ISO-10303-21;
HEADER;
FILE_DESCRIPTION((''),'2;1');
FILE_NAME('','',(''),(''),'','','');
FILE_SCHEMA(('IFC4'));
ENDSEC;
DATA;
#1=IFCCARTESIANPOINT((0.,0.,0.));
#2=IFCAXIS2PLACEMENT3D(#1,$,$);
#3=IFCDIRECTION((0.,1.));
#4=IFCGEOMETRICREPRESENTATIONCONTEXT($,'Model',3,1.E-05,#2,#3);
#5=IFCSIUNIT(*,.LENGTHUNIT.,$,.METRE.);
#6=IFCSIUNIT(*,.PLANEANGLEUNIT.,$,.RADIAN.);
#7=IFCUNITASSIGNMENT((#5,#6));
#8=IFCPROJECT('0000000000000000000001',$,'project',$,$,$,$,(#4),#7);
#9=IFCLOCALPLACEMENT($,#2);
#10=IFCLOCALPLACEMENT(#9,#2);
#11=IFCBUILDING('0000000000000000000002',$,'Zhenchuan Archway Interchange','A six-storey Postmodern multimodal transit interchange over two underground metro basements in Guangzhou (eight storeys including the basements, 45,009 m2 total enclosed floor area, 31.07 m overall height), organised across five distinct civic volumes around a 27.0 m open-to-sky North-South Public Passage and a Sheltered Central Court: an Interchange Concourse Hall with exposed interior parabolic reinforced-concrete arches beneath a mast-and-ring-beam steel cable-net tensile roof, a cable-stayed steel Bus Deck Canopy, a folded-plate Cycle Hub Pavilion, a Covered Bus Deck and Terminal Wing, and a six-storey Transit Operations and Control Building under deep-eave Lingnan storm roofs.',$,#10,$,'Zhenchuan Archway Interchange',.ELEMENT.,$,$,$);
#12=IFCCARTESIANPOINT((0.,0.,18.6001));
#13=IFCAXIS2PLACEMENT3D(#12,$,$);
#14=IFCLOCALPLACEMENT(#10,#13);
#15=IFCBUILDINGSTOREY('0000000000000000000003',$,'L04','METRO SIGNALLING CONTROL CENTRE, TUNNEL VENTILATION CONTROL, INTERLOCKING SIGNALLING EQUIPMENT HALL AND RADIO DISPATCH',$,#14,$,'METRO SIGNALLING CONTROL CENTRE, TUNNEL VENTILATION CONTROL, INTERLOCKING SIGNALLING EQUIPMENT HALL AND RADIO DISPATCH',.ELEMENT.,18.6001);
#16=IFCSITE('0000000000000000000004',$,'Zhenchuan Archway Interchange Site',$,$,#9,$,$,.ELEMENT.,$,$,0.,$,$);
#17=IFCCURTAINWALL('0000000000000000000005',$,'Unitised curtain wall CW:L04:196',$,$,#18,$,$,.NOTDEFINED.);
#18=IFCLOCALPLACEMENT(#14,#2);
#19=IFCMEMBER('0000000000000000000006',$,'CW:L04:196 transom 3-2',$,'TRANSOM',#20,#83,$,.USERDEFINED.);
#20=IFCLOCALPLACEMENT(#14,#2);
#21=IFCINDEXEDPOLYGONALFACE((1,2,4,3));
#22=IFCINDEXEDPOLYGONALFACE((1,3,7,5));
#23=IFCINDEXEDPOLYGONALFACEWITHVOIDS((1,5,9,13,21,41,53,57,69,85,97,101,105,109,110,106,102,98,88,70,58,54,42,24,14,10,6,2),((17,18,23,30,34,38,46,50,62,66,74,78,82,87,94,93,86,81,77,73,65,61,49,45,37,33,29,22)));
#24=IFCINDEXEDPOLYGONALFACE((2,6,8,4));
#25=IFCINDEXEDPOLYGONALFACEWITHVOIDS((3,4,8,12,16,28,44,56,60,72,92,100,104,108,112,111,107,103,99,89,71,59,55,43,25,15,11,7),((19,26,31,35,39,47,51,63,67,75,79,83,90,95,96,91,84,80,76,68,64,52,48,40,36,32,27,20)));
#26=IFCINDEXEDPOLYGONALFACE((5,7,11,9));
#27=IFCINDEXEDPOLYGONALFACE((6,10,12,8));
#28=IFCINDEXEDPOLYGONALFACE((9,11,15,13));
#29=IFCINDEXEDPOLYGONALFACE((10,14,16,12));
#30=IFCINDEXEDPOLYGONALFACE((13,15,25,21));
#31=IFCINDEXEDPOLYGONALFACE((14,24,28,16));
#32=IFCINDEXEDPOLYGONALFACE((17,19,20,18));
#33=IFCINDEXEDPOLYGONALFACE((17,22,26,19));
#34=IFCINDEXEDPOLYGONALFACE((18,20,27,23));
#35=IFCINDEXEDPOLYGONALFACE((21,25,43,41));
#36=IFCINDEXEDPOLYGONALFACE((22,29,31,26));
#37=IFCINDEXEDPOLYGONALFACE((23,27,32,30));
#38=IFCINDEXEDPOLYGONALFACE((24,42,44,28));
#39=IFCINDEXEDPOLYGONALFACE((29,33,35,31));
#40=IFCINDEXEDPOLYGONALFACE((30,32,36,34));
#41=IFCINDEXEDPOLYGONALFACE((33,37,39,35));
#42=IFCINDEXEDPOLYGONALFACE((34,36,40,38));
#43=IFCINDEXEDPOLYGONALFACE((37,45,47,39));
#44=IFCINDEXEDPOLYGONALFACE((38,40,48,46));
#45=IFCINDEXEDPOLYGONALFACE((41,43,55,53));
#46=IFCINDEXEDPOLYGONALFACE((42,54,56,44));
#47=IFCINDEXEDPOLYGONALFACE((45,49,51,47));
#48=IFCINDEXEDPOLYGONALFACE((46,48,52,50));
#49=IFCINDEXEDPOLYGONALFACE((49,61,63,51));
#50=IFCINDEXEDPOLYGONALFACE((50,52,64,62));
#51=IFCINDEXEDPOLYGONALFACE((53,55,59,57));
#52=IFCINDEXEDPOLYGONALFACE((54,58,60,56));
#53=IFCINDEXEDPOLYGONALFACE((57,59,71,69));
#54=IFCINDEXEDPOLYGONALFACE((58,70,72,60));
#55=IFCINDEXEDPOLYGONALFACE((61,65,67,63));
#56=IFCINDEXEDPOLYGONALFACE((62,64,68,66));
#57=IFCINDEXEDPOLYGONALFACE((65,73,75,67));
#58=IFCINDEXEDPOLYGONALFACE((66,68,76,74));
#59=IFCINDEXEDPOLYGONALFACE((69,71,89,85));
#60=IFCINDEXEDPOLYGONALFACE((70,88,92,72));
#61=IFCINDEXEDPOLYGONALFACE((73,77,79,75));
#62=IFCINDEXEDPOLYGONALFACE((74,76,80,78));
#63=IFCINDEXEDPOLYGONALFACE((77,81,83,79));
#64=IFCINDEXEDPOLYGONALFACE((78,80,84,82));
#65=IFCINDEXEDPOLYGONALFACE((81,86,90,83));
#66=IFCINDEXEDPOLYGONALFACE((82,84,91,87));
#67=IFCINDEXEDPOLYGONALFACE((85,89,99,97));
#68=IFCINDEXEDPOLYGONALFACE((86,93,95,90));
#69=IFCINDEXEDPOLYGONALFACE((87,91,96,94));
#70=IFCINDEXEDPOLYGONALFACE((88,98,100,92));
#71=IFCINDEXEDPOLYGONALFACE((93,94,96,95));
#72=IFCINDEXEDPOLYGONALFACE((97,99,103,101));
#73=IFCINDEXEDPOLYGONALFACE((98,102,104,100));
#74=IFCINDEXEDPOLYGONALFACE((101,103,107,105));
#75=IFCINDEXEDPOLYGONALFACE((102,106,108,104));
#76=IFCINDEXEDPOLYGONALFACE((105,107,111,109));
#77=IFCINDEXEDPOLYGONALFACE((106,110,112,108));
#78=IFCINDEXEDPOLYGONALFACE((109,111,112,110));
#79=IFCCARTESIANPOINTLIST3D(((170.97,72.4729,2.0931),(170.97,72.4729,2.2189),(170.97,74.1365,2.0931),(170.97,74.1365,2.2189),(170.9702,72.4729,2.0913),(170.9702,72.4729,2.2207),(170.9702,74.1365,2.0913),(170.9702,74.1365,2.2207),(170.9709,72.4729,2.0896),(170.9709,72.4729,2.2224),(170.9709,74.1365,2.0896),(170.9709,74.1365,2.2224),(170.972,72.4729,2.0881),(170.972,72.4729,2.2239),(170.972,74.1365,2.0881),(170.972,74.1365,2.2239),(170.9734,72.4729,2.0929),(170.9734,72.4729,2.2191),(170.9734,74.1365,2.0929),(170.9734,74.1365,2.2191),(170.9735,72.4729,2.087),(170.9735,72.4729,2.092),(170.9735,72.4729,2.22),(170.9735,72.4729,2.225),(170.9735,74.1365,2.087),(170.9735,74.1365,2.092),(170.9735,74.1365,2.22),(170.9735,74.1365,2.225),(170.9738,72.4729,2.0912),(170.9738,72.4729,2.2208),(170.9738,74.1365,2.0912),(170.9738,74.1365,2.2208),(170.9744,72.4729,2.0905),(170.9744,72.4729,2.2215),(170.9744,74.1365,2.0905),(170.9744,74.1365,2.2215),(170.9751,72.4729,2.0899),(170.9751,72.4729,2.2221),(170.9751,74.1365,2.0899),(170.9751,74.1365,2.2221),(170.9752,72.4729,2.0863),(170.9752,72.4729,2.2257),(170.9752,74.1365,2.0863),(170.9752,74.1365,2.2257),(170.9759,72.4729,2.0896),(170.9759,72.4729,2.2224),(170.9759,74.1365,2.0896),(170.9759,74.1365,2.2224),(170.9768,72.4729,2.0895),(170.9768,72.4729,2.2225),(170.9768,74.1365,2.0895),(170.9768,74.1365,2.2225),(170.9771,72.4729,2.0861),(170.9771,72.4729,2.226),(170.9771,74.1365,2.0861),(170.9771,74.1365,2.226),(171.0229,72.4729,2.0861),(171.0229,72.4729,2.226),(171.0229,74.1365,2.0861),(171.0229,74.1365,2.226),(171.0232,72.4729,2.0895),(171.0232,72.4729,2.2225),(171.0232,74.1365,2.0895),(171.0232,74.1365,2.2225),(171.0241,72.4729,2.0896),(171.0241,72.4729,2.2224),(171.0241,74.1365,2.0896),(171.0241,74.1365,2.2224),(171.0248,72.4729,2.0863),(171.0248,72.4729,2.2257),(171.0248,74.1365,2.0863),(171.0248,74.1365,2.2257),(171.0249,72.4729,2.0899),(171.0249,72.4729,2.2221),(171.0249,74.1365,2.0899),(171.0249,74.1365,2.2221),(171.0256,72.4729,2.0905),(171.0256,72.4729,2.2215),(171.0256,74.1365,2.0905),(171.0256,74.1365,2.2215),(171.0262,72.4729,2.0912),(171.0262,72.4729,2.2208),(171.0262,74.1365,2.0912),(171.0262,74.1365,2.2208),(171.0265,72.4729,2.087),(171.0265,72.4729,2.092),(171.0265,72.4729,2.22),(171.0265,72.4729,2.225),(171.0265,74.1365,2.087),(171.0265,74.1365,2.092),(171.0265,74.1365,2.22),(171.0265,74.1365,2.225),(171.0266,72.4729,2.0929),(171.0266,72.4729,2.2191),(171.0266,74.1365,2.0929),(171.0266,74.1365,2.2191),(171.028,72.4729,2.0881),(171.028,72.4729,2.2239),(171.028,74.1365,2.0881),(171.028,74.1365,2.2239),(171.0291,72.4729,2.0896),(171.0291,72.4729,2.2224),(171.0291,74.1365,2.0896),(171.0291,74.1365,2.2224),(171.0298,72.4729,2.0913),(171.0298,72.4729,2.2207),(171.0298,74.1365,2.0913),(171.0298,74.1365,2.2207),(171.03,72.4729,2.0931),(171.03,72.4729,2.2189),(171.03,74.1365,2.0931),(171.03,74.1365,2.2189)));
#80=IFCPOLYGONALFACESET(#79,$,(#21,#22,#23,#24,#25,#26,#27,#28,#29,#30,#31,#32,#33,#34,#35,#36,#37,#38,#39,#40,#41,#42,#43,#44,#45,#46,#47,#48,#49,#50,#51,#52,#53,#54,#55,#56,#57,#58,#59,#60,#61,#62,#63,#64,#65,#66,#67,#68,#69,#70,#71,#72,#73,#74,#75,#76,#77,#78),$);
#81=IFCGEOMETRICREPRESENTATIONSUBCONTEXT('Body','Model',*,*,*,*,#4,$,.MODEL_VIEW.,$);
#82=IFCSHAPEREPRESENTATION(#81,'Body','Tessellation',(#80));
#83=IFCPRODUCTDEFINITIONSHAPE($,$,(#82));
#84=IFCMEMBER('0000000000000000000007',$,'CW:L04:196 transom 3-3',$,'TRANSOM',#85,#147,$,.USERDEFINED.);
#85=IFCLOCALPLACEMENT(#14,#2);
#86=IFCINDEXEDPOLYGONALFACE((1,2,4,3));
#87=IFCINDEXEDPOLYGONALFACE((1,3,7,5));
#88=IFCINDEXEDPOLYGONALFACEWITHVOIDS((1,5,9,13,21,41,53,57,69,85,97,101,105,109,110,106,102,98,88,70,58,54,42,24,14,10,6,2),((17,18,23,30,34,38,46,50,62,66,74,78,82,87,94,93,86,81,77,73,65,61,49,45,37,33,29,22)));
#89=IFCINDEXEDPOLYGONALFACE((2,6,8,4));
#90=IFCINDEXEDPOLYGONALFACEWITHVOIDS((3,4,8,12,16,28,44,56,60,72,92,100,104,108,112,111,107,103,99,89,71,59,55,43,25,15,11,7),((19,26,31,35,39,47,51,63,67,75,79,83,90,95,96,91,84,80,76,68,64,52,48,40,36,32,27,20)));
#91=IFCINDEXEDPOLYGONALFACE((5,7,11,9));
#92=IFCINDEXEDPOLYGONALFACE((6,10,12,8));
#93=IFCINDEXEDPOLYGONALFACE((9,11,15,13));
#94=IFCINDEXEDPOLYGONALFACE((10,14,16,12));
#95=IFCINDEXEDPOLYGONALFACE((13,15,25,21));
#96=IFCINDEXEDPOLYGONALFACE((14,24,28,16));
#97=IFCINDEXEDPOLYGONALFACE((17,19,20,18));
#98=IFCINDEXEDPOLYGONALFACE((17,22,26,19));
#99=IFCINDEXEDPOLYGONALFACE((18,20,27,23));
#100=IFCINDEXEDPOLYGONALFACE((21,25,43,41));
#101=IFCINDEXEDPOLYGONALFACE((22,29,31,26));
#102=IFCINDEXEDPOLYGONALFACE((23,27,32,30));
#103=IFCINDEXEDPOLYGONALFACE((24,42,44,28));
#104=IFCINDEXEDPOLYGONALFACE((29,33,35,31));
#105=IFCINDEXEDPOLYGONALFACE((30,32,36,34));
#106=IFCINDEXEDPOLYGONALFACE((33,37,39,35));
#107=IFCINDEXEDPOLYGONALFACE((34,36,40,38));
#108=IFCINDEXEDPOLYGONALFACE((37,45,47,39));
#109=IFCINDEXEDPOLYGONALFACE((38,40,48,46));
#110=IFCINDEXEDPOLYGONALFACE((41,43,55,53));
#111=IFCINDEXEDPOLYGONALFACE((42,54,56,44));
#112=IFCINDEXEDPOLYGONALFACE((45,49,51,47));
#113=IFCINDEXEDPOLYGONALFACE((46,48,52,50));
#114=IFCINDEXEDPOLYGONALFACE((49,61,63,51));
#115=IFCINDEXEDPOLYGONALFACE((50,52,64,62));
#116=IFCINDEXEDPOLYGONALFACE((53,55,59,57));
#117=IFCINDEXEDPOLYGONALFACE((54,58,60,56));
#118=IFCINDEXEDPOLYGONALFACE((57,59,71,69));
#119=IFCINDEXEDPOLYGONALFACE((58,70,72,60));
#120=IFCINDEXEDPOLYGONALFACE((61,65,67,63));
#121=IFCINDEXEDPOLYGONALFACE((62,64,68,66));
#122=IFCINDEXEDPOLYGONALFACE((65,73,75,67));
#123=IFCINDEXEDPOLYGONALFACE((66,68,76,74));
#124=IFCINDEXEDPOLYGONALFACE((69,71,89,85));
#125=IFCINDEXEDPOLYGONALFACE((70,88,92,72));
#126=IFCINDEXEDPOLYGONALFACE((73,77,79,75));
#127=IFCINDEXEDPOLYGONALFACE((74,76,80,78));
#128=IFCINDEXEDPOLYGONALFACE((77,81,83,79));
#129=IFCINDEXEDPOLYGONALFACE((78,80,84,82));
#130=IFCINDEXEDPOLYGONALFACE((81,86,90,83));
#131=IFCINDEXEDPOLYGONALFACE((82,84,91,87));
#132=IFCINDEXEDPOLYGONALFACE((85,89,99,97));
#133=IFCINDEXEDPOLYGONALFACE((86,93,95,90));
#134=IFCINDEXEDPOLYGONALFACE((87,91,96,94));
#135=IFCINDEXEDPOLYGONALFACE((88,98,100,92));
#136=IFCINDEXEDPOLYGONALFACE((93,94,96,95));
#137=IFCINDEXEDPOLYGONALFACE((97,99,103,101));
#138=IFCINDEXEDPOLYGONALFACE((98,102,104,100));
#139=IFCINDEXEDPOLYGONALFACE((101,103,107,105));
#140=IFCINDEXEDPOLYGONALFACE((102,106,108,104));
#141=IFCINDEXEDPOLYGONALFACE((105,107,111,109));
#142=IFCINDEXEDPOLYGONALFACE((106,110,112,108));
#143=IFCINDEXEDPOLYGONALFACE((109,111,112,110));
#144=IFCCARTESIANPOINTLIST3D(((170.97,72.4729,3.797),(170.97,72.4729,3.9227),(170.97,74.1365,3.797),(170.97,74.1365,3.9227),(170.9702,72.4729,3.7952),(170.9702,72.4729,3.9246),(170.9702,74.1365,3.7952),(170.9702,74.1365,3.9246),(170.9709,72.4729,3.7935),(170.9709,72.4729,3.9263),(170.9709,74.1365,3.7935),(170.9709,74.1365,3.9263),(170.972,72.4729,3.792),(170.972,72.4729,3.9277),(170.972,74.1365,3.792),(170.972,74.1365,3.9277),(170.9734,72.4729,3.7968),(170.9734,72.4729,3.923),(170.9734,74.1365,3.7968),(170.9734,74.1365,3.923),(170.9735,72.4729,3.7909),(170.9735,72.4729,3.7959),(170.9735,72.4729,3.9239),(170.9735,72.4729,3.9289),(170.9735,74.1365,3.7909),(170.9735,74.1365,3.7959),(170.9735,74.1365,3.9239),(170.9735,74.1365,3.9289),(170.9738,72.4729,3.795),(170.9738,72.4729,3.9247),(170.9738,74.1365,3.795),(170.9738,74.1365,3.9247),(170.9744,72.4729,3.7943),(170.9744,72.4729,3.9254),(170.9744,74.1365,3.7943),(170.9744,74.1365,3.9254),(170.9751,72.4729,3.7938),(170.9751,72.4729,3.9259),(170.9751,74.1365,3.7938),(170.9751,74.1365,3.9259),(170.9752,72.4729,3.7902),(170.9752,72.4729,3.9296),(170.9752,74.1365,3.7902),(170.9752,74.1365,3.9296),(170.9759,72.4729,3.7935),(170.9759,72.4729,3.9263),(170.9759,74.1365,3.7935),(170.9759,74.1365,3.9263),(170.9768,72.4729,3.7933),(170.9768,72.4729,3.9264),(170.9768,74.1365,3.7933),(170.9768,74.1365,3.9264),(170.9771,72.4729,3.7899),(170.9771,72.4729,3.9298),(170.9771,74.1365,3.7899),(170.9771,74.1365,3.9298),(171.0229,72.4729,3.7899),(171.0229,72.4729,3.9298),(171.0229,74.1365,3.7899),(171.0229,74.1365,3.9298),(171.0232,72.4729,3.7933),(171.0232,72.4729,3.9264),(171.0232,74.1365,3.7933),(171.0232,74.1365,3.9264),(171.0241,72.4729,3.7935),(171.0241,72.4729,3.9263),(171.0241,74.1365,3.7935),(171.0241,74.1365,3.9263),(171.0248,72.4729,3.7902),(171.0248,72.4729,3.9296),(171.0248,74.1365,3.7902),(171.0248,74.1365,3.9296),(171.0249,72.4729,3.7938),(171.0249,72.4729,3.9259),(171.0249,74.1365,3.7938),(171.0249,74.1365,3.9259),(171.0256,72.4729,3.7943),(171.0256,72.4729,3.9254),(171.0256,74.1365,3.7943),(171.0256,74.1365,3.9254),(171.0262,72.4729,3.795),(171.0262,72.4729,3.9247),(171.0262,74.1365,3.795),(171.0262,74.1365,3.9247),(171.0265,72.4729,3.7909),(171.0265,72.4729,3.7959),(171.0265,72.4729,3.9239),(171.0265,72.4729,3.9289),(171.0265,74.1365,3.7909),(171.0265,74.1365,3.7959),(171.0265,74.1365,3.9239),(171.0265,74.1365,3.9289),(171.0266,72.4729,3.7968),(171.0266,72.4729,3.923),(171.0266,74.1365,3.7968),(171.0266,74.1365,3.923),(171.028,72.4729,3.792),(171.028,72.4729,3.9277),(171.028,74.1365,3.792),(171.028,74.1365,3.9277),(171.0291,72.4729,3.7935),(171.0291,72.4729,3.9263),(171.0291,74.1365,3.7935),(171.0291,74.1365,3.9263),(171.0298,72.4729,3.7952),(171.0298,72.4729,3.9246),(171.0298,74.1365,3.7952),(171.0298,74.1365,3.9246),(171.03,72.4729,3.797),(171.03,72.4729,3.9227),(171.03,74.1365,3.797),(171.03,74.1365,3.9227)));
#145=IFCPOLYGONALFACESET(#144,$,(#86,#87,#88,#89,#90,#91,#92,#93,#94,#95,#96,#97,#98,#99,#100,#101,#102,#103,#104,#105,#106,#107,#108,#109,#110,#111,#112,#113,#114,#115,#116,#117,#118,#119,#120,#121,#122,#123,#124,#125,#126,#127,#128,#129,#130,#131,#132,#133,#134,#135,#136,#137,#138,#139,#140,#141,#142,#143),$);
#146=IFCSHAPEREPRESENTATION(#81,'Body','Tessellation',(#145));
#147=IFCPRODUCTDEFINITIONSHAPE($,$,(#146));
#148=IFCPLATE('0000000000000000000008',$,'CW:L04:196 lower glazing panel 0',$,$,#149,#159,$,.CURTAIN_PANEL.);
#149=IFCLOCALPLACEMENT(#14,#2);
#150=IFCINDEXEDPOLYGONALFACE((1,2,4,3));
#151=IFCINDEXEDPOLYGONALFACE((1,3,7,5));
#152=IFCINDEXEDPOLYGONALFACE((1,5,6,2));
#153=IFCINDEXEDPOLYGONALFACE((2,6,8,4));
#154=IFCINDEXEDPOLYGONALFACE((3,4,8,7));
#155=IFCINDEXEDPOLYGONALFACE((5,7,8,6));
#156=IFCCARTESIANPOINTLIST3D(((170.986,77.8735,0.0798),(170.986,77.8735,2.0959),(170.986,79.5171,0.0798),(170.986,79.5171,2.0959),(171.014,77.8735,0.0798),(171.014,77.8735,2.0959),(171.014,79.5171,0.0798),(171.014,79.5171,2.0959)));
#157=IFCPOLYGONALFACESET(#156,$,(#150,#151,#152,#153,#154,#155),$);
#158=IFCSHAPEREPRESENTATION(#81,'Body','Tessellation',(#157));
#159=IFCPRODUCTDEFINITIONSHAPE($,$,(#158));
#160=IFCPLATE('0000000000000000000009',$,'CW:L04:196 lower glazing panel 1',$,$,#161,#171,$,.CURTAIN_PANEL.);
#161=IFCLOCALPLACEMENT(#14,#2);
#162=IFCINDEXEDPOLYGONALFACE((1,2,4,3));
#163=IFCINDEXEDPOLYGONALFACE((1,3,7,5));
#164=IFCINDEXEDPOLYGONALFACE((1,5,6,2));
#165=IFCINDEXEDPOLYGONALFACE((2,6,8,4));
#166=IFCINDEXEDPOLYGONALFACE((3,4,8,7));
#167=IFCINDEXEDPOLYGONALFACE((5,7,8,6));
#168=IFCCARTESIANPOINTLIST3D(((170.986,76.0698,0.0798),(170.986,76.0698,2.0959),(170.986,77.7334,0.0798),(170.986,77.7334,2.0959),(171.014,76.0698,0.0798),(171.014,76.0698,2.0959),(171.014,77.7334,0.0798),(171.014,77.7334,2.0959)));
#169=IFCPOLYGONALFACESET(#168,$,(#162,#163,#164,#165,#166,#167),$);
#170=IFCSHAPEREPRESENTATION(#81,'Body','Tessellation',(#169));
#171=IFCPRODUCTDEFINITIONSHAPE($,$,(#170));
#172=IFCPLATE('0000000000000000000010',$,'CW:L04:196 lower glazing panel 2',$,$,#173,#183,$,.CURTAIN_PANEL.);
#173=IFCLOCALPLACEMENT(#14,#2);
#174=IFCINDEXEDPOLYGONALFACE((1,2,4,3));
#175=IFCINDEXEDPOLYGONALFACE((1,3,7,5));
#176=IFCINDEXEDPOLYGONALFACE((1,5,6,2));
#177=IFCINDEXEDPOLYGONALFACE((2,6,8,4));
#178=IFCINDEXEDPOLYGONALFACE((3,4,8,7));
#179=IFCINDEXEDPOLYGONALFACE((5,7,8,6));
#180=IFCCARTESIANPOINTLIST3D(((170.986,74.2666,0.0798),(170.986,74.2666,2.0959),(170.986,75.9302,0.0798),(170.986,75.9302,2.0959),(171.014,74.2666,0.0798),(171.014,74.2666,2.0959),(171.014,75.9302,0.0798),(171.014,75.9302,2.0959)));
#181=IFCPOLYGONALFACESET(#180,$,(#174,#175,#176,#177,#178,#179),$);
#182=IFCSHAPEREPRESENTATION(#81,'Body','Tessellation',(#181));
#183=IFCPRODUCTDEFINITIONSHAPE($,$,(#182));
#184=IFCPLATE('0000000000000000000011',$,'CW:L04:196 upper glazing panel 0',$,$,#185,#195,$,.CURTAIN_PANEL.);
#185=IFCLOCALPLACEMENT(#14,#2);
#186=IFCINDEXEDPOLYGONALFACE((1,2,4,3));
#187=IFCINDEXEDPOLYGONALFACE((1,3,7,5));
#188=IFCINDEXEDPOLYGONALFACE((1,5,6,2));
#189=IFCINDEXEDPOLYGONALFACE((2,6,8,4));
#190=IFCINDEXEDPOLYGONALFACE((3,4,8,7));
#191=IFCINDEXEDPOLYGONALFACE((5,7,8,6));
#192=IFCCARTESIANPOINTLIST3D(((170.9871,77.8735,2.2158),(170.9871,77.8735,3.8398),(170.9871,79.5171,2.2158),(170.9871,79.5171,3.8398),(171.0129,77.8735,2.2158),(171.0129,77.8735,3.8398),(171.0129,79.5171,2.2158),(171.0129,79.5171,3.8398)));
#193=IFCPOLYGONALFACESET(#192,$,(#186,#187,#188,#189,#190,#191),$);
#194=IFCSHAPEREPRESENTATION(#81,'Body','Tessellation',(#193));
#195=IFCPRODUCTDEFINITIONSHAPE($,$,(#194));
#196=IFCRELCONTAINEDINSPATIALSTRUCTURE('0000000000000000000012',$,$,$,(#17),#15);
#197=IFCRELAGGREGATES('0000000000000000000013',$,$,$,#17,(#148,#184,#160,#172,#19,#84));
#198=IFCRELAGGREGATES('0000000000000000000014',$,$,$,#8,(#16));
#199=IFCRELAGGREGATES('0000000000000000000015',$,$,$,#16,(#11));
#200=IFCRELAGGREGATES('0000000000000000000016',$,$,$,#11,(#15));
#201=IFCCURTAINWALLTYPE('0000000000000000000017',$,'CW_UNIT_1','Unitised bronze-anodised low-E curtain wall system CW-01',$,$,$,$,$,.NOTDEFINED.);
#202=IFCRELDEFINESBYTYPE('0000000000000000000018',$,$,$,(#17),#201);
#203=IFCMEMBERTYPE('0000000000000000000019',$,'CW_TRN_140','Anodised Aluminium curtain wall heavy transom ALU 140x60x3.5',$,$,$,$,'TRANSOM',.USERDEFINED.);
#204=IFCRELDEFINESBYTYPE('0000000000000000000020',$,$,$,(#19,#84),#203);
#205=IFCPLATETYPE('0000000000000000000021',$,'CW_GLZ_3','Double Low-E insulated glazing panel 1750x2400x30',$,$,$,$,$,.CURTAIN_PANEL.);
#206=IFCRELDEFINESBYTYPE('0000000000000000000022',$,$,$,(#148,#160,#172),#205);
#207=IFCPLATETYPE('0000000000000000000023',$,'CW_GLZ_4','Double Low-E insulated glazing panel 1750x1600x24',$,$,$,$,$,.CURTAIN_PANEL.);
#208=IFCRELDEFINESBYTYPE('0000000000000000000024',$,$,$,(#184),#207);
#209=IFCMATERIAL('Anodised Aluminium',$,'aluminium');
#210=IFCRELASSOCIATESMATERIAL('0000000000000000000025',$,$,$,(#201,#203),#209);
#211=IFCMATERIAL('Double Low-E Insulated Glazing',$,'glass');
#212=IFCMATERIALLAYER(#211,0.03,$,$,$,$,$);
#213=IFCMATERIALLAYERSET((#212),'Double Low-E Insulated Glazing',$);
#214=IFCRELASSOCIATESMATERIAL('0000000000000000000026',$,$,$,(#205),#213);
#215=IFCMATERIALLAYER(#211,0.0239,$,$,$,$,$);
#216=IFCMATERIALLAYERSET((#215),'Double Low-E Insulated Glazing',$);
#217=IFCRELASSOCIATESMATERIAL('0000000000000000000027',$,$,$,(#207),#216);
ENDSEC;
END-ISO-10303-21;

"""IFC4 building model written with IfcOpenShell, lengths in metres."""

from ifc_helpers import new_model, si_unit, direction, frame, origin, origin_2d, place, context, subcontext, project, spatial, rectangle, hollow_rectangle, extrude, material, layer, layer_set, material_profile, profile_set, type_object, element, aggregate, save


model = new_model("IFC4")

# Units and contexts
model_context = context("Model", 3, precision=1e-05, world=origin(), true_north=direction((0.0, 1.0)))
body_context = subcontext(model_context, "Body", "Model", "MODEL_VIEW")
ifc_project = project(units=[si_unit("LENGTHUNIT", "METRE"), si_unit("PLANEANGLEUNIT", "RADIAN")], contexts=[model_context])

# Site, building, storey
site_placement = place(None, origin())
site = spatial("IfcSite", under=ifc_project, at=site_placement, Name="Zhenchuan Archway Interchange Site", CompositionType="ELEMENT", RefElevation=0.0)
building_placement = place(site_placement, origin())
building = spatial("IfcBuilding", under=site, at=building_placement, Name="Zhenchuan Archway Interchange", Description="A six-storey Postmodern multimodal transit interchange over two underground metro basements in Guangzhou (eight storeys including the basements, 45,009 m2 total enclosed floor area, 31.07 m overall height), organised across five distinct civic volumes around a 27.0 m open-to-sky North-South Public Passage and a Sheltered Central Court: an Interchange Concourse Hall with exposed interior parabolic reinforced-concrete arches beneath a mast-and-ring-beam steel cable-net tensile roof, a cable-stayed steel Bus Deck Canopy, a folded-plate Cycle Hub Pavilion, a Covered Bus Deck and Terminal Wing, and a six-storey Transit Operations and Control Building under deep-eave Lingnan storm roofs.", LongName="Zhenchuan Archway Interchange", CompositionType="ELEMENT")
storey_placement = place(building_placement, frame((0.0, 0.0, 18.6001)))
storey = spatial("IfcBuildingStorey", under=building, at=storey_placement, Name="L04", Description="METRO SIGNALLING CONTROL CENTRE, TUNNEL VENTILATION CONTROL, INTERLOCKING SIGNALLING EQUIPMENT HALL AND RADIO DISPATCH", LongName="METRO SIGNALLING CONTROL CENTRE, TUNNEL VENTILATION CONTROL, INTERLOCKING SIGNALLING EQUIPMENT HALL AND RADIO DISPATCH", CompositionType="ELEMENT", Elevation=18.6001)

# Curtain wall, members, plates
ifc_material_1 = material(Name="Anodised Aluminium", Category="aluminium")
curtain_wall_type = type_object("IfcCurtainWallType", Name="CW_UNIT_1", Description="Unitised bronze-anodised low-E curtain wall system CW-01", PredefinedType="NOTDEFINED", material=ifc_material_1)
curtain_wall_placement = place(storey_placement, origin())
curtain_wall = element("IfcCurtainWall", 1, at=curtain_wall_placement, inside=storey, type_object=curtain_wall_type, Name="Unitised curtain wall CW:L04:196", PredefinedType="NOTDEFINED")
ifc_material_profile_1 = material_profile(ifc_material_1, hollow_rectangle(XDim=0.0601, YDim=0.1399, WallThickness=0.0034, InnerFilletRadius=0.0034, OuterFilletRadius=0.0071, at=origin_2d()), Name="ALU 140x60x3.5")
ifc_profile_set_1 = profile_set([ifc_material_profile_1], Name="Anodised Aluminium")
member_type_1 = type_object("IfcMemberType", Name="CW_TRN_140", Description="Anodised Aluminium curtain wall heavy transom ALU 140x60x3.5", ElementType="TRANSOM", PredefinedType="USERDEFINED", material=ifc_profile_set_1)
member_1_placement = place(storey_placement, frame((171.0, 74.1365, 2.156), z_axis=(0.0, -1.0, 0.0), x_axis=(1.0, 0.0, 0.0)))
member_1 = element("IfcMember", 2, at=member_1_placement, type_object=member_type_1, Name="CW:L04:196 transom 3-2", ObjectType="TRANSOM", PredefinedType="USERDEFINED", context=body_context, shape_type="SweptSolid", body=[
    extrude(hollow_rectangle(XDim=0.0601, YDim=0.1399, WallThickness=0.0034, InnerFilletRadius=0.0034, OuterFilletRadius=0.0071, at=origin_2d()), origin(), (0.0, 0.0, 1.0), 1.6636),
])
member_2_placement = place(storey_placement, frame((171.0, 74.1365, 3.8599), z_axis=(0.0, -1.0, 0.0), x_axis=(1.0, 0.0, 0.0)))
member_2 = element("IfcMember", 3, at=member_2_placement, type_object=member_type_1, Name="CW:L04:196 transom 3-3", ObjectType="TRANSOM", PredefinedType="USERDEFINED", context=body_context, shape_type="SweptSolid", body=[
    extrude(hollow_rectangle(XDim=0.0601, YDim=0.1399, WallThickness=0.0034, InnerFilletRadius=0.0034, OuterFilletRadius=0.0071, at=origin_2d()), origin(), (0.0, 0.0, 1.0), 1.6636),
])
ifc_material_2 = material(Name="Double Low-E Insulated Glazing", Category="glass")
ifc_layer_1 = layer(ifc_material_2, 0.03)
ifc_layer_set_1 = layer_set([ifc_layer_1], Name="Double Low-E Insulated Glazing")
plate_type_1 = type_object("IfcPlateType", Name="CW_GLZ_3", Description="Double Low-E insulated glazing panel 1750x2400x30", PredefinedType="CURTAIN_PANEL", material=ifc_layer_set_1)
plate_1_placement = place(storey_placement, frame((171.0, 78.6953, 0.0798), z_axis=(0.0, 0.0, 1.0), x_axis=(0.0, -1.0, 0.0)))
plate_1 = element("IfcPlate", 4, at=plate_1_placement, type_object=plate_type_1, Name="CW:L04:196 lower glazing panel 0", PredefinedType="CURTAIN_PANEL", context=body_context, shape_type="SweptSolid", body=[
    extrude(rectangle(XDim=1.6436, YDim=0.0281, at=origin_2d()), origin(), (0.0, 0.0, 1.0), 2.0161),
])
plate_2_placement = place(storey_placement, frame((171.0, 76.9016, 0.0798), z_axis=(0.0, 0.0, 1.0), x_axis=(0.0, -1.0, 0.0)))
plate_2 = element("IfcPlate", 5, at=plate_2_placement, type_object=plate_type_1, Name="CW:L04:196 lower glazing panel 1", PredefinedType="CURTAIN_PANEL", context=body_context, shape_type="SweptSolid", body=[
    extrude(rectangle(XDim=1.6636, YDim=0.0281, at=origin_2d()), origin(), (0.0, 0.0, 1.0), 2.0161),
])
plate_3_placement = place(storey_placement, frame((171.0, 75.0984, 0.0798), z_axis=(0.0, 0.0, 1.0), x_axis=(0.0, -1.0, 0.0)))
plate_3 = element("IfcPlate", 6, at=plate_3_placement, type_object=plate_type_1, Name="CW:L04:196 lower glazing panel 2", PredefinedType="CURTAIN_PANEL", context=body_context, shape_type="SweptSolid", body=[
    extrude(rectangle(XDim=1.6636, YDim=0.0281, at=origin_2d()), origin(), (0.0, 0.0, 1.0), 2.0161),
])
ifc_layer_2 = layer(ifc_material_2, 0.0239)
ifc_layer_set_2 = layer_set([ifc_layer_2], Name="Double Low-E Insulated Glazing")
plate_type_2 = type_object("IfcPlateType", Name="CW_GLZ_4", Description="Double Low-E insulated glazing panel 1750x1600x24", PredefinedType="CURTAIN_PANEL", material=ifc_layer_set_2)
plate_4_placement = place(storey_placement, frame((171.0, 78.6953, 2.2158), z_axis=(0.0, 0.0, 1.0), x_axis=(0.0, -1.0, 0.0)))
plate_4 = element("IfcPlate", 7, at=plate_4_placement, type_object=plate_type_2, Name="CW:L04:196 upper glazing panel 0", PredefinedType="CURTAIN_PANEL", context=body_context, shape_type="SweptSolid", body=[
    extrude(rectangle(XDim=1.6436, YDim=0.0259, at=origin_2d()), origin(), (0.0, 0.0, 1.0), 1.624),
])
aggregate(curtain_wall, [plate_1, plate_4, plate_2, plate_3, member_1, member_2])

save(model, "model.ifc")
